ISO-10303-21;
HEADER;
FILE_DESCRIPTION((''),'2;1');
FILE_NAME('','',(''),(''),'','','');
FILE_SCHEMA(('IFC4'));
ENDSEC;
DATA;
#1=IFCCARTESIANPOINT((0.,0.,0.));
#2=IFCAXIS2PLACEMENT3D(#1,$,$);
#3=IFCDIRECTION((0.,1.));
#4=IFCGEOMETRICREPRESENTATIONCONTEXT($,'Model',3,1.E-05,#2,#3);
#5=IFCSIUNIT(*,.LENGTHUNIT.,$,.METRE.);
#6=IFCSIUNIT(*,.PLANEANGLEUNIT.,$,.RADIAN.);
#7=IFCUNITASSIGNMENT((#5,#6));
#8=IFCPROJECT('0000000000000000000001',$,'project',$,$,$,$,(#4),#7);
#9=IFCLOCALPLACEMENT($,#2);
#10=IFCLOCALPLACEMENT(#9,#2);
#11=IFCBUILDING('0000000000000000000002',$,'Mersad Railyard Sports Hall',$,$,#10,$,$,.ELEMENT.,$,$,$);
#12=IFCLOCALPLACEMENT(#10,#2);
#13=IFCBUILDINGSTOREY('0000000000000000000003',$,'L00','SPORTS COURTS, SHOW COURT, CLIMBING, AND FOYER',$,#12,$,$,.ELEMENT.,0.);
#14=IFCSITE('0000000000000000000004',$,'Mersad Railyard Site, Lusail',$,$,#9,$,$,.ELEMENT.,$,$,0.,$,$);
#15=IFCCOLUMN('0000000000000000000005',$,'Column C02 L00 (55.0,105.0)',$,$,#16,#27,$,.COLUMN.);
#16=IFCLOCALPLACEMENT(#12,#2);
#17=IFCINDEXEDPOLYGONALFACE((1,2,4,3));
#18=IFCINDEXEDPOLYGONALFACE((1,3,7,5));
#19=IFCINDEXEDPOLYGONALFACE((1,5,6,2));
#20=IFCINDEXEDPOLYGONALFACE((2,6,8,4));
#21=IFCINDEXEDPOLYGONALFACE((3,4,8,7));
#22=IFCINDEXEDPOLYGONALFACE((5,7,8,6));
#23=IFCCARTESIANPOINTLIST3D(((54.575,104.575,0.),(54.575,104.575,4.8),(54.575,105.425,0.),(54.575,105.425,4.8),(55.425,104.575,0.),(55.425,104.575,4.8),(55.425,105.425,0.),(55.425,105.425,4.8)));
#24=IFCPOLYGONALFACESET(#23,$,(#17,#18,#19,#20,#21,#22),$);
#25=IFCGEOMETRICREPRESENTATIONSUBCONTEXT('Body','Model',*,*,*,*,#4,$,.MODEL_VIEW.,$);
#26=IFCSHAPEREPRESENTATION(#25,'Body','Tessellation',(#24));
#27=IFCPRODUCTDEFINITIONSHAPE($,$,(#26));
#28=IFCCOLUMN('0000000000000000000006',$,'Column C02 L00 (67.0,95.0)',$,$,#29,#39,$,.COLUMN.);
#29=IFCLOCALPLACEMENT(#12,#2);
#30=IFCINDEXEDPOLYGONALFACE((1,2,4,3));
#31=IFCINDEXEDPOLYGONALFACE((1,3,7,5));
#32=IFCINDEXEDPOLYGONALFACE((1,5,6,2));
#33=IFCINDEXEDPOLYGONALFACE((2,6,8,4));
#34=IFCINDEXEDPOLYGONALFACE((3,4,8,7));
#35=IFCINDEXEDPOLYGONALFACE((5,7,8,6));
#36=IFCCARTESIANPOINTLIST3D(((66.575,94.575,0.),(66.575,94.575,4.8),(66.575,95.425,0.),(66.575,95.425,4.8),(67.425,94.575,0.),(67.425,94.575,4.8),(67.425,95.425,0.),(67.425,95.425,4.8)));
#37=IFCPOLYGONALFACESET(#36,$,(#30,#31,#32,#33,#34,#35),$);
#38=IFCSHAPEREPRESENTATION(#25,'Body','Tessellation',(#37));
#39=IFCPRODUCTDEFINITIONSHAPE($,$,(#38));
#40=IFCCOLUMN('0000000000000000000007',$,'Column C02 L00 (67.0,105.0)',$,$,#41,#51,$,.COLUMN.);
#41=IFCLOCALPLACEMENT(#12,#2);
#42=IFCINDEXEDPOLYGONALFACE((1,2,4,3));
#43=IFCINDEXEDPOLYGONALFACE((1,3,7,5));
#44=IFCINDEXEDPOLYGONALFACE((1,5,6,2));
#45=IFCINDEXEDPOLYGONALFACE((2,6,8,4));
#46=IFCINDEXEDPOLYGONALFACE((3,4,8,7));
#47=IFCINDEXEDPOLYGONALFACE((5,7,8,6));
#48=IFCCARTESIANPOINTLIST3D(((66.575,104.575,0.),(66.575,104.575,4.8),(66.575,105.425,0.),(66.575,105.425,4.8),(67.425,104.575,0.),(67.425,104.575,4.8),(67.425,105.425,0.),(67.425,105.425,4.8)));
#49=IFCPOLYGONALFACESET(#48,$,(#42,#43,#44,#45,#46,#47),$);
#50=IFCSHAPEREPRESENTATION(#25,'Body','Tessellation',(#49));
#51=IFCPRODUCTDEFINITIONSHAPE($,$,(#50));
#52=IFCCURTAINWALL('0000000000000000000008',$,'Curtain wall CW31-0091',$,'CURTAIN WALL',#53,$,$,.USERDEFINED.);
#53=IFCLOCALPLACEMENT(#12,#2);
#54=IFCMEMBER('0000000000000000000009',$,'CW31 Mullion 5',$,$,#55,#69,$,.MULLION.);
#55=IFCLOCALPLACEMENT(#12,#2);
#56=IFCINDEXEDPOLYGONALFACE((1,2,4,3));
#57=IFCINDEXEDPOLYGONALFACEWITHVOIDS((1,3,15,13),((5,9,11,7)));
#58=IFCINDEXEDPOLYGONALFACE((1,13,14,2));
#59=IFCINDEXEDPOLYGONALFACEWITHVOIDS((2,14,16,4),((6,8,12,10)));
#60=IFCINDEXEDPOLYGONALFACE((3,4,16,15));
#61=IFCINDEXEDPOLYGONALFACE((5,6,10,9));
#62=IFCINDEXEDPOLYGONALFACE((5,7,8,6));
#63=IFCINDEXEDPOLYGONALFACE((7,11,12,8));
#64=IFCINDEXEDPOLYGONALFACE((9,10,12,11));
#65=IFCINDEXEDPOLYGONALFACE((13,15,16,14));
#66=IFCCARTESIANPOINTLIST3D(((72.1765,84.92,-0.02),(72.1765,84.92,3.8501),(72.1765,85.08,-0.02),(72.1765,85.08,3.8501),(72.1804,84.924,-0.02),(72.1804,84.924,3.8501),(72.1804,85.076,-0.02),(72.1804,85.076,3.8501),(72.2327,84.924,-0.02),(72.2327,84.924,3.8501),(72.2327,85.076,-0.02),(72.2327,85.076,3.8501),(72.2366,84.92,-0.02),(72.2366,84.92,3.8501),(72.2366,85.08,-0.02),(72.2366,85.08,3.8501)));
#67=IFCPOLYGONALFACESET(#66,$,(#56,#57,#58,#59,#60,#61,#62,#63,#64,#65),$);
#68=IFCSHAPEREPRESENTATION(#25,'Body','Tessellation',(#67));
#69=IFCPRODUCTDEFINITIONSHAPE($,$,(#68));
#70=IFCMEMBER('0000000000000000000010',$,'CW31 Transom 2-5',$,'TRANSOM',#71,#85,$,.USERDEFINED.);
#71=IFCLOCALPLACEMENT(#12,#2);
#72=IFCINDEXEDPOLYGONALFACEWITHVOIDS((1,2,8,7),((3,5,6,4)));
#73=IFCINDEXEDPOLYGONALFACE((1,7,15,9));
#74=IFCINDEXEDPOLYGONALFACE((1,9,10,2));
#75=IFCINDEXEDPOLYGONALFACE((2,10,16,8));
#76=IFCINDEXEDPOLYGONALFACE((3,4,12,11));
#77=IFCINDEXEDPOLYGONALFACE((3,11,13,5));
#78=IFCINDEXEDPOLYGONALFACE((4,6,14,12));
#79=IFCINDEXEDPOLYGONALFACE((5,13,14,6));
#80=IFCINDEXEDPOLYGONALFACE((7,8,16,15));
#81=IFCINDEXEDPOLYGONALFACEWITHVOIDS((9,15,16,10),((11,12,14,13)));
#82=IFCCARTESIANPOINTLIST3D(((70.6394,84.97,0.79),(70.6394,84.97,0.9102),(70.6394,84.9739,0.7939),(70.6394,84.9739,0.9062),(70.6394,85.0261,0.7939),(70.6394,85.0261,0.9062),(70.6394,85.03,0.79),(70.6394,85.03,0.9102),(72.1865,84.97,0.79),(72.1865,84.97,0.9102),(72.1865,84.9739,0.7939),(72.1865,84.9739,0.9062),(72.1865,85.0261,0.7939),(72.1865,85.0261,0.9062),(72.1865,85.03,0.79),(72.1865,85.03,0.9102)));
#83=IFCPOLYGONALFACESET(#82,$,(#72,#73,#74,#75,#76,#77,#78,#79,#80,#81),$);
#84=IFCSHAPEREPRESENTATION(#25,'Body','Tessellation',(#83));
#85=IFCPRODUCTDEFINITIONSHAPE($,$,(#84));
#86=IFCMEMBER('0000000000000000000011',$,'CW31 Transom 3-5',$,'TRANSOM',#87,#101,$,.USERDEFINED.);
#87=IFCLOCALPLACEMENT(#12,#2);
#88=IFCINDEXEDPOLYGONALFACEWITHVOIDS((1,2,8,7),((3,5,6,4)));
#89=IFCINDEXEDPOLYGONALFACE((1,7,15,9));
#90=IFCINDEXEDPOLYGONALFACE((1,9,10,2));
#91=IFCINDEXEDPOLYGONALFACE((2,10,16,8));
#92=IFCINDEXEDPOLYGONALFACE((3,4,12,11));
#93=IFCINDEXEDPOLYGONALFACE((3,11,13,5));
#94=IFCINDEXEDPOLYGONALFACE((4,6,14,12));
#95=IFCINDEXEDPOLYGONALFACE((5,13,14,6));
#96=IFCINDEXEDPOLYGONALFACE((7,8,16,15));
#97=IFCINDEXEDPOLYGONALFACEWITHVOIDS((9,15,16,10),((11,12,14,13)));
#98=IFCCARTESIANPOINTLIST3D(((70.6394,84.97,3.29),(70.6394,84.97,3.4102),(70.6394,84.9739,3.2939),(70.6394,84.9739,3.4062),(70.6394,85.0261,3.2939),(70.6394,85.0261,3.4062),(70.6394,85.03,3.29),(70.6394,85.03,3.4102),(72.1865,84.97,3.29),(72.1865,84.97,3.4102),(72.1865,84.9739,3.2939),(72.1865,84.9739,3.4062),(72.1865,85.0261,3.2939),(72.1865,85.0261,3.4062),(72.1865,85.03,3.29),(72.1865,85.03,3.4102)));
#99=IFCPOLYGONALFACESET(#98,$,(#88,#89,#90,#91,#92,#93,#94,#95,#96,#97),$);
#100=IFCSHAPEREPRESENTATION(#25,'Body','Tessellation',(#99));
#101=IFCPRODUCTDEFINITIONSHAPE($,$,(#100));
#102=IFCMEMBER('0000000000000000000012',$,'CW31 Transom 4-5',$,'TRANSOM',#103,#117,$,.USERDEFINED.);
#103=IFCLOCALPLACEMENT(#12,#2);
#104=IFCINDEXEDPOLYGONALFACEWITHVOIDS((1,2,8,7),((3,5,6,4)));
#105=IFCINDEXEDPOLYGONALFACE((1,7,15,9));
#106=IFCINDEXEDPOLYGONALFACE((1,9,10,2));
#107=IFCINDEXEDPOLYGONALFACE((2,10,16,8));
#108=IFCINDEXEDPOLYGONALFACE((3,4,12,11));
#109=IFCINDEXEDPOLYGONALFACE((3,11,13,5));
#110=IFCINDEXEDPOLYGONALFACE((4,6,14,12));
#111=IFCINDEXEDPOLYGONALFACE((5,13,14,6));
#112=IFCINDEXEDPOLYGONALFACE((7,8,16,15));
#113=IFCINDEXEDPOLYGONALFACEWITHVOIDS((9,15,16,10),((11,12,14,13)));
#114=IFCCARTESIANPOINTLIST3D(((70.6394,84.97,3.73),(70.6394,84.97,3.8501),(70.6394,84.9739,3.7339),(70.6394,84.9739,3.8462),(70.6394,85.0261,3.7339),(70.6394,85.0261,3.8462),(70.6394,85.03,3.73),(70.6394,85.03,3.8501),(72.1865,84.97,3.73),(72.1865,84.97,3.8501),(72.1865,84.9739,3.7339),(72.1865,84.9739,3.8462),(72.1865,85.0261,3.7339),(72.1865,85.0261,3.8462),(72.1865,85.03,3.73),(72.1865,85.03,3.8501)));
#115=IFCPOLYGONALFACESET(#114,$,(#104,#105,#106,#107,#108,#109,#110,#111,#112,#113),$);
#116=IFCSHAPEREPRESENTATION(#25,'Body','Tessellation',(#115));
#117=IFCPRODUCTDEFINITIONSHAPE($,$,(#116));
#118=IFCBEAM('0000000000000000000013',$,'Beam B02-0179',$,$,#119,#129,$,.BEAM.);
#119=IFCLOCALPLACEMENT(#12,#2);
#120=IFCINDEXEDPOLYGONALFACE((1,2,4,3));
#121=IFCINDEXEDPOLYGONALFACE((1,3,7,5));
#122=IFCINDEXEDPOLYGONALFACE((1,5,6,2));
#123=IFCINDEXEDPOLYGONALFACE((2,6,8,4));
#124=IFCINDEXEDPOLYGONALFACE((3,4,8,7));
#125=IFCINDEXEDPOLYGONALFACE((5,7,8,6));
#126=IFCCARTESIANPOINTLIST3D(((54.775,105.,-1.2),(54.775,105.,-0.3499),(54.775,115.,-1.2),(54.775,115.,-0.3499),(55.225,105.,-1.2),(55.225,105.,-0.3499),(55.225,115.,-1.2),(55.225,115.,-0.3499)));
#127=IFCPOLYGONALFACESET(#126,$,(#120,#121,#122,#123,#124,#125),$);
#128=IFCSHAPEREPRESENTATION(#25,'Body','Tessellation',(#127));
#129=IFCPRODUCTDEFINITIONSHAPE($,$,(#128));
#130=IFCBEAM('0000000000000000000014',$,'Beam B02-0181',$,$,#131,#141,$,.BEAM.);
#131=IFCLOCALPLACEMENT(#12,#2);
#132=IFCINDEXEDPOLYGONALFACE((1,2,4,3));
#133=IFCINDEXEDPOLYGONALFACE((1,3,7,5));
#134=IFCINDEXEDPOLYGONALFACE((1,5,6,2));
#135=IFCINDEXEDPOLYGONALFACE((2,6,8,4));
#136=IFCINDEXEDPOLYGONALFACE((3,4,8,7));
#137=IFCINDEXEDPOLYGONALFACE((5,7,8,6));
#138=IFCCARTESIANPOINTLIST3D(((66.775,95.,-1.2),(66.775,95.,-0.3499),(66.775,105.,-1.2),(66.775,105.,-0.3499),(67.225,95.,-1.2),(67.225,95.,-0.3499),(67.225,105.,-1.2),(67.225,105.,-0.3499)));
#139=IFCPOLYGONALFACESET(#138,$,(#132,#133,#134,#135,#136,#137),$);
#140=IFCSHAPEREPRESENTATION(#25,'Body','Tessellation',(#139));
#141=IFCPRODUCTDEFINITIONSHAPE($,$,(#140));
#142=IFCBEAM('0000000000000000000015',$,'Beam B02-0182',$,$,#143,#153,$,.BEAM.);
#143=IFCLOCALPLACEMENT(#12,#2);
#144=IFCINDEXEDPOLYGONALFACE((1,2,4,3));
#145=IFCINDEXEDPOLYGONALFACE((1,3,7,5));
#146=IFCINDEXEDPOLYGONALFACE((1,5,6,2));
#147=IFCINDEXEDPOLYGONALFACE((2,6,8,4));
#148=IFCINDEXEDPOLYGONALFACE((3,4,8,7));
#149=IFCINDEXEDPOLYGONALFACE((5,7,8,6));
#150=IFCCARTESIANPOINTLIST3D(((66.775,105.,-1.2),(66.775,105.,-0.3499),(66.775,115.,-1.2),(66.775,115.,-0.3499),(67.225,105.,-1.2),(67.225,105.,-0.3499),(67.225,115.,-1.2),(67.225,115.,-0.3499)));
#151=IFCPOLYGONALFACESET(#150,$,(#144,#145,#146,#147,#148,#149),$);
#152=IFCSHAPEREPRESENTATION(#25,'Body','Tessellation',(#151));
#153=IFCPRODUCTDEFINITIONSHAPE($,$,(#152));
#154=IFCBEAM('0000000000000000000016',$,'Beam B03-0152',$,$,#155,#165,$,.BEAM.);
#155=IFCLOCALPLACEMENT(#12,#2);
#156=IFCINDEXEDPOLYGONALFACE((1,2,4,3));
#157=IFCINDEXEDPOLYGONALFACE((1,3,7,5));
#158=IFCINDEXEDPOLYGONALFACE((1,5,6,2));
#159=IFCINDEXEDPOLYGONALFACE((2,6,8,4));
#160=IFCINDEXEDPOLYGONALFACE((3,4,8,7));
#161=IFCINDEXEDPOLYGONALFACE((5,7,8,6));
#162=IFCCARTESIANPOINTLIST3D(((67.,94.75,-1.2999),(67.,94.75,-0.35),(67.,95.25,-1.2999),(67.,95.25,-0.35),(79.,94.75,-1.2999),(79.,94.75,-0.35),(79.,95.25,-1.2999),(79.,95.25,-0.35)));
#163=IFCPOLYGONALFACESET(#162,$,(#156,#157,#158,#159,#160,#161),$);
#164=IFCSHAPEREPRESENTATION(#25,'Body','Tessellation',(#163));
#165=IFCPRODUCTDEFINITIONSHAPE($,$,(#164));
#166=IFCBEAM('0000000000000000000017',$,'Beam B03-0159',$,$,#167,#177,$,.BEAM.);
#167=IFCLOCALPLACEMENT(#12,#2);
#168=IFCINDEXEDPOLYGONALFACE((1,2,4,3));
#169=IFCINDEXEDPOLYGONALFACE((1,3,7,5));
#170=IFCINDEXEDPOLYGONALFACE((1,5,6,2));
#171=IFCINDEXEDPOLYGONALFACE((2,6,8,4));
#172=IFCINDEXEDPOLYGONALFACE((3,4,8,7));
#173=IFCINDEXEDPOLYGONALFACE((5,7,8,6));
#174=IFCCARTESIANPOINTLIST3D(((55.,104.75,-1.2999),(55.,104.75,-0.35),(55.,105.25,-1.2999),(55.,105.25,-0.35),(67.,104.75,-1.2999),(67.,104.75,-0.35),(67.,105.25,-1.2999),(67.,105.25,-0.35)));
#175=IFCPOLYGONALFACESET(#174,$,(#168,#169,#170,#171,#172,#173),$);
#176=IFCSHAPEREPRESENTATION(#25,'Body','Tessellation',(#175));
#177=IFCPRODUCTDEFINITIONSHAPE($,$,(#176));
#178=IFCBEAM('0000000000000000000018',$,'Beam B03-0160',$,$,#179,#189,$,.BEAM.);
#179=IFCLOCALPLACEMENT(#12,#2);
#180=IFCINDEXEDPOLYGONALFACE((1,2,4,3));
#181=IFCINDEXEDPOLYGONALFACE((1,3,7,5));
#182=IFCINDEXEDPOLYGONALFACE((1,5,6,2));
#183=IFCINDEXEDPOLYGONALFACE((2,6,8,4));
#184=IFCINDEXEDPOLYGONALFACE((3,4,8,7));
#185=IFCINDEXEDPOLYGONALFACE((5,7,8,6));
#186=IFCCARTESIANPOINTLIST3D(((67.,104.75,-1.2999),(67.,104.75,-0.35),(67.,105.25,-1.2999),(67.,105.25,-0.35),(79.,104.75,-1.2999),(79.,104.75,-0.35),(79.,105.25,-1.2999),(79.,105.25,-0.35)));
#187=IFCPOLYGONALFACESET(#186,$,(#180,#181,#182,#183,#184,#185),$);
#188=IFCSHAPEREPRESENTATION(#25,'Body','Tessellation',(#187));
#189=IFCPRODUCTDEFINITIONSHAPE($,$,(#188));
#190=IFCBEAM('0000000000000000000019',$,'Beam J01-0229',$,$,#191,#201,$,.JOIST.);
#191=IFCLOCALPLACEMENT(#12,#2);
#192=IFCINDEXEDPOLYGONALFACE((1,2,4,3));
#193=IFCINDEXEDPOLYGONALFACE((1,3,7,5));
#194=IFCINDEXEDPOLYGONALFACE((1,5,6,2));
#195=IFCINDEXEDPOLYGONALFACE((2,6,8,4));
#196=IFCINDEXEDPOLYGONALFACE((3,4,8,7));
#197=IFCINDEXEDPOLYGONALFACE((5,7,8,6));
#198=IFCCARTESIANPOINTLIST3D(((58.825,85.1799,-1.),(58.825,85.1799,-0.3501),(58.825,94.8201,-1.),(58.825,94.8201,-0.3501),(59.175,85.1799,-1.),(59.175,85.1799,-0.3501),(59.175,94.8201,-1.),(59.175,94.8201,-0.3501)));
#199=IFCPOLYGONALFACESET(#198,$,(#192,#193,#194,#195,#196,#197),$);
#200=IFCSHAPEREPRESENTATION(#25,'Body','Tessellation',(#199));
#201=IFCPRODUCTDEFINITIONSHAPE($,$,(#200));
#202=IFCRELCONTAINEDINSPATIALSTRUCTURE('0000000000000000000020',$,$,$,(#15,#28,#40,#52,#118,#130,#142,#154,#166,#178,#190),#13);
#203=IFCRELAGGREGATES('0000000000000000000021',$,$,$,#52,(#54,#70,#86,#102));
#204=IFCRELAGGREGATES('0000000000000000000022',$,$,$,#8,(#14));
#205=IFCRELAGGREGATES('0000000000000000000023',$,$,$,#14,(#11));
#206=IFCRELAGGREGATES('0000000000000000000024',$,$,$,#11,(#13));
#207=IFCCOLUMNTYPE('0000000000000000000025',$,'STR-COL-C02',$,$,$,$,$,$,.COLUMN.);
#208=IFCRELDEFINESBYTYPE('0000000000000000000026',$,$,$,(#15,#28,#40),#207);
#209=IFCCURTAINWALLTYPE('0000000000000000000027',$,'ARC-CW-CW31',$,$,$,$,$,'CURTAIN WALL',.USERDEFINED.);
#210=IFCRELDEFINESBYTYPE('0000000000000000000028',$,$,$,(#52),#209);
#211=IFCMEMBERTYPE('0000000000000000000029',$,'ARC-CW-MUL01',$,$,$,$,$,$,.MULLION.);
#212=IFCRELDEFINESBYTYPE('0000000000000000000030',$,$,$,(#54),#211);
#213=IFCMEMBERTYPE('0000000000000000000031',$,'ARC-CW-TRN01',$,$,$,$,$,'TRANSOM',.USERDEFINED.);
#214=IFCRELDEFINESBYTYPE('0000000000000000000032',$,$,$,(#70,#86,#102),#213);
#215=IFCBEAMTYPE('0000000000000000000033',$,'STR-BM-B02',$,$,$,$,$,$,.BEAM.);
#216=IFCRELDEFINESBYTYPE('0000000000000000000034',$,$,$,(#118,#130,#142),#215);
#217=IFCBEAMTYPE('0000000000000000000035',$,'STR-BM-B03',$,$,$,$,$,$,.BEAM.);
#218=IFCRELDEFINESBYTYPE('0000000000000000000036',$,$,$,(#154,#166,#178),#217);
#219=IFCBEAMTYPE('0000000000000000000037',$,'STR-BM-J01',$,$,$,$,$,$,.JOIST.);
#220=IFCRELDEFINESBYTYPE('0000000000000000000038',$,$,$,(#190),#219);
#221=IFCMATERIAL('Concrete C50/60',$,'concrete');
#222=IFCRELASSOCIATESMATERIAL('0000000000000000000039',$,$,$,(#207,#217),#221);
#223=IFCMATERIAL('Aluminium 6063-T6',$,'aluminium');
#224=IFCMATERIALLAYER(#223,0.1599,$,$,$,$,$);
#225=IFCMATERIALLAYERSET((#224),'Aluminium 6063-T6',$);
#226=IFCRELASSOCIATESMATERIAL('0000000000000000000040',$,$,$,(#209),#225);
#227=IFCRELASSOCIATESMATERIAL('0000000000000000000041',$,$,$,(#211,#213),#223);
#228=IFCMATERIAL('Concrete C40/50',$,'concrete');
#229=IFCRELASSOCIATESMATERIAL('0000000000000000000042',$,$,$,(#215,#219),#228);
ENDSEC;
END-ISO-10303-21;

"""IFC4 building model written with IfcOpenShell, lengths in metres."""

from ifc_helpers import new_model, si_unit, direction, frame, origin, origin_2d, place, context, subcontext, project, spatial, rectangle, hollow_rectangle, extrude, material, layer, layer_set, material_profile, profile_set, type_object, element, aggregate, save


model = new_model("IFC4")

# Units and contexts
model_context = context("Model", 3, precision=1e-05, world=origin(), true_north=direction((0.0, 1.0)))
body_context = subcontext(model_context, "Body", "Model", "MODEL_VIEW")
ifc_project = project(units=[si_unit("LENGTHUNIT", "METRE"), si_unit("PLANEANGLEUNIT", "RADIAN")], contexts=[model_context])

# Site, building, storey
site_placement = place(None, origin())
site = spatial("IfcSite", under=ifc_project, at=site_placement, Name="Mersad Railyard Site, Lusail", CompositionType="ELEMENT", RefElevation=0.0)
building_placement = place(site_placement, origin())
building = spatial("IfcBuilding", under=site, at=building_placement, Name="Mersad Railyard Sports Hall", CompositionType="ELEMENT")
storey_placement = place(building_placement, origin())
storey = spatial("IfcBuildingStorey", under=building, at=storey_placement, Name="L00", Description="SPORTS COURTS, SHOW COURT, CLIMBING, AND FOYER", CompositionType="ELEMENT", Elevation=0.0)

# Columns
ifc_material_1 = material(Name="Concrete C50/60", Category="concrete")
ifc_material_profile_1 = material_profile(ifc_material_1, rectangle(XDim=0.8501, YDim=0.8501, at=origin_2d()), Name="RC 850x850")
ifc_profile_set_1 = profile_set([ifc_material_profile_1], Name="Concrete C50/60")
column_type = type_object("IfcColumnType", Name="STR-COL-C02", PredefinedType="COLUMN", material=ifc_profile_set_1)
for number, where, z_axis, x_axis, name in (
    (1, (55.0, 105.0, 0.0), (0.0, 0.0, 1.0), (1.0, 0.0, 0.0), "Column C02 L00 (55.0,105.0)"),
    (2, (67.0, 95.0, 0.0), (0.0, 0.0, 1.0), (1.0, 0.0, 0.0), "Column C02 L00 (67.0,95.0)"),
    (3, (67.0, 105.0, 0.0), (0.0, 0.0, 1.0), (1.0, 0.0, 0.0), "Column C02 L00 (67.0,105.0)"),
):
    element("IfcColumn", number, at=place(storey_placement, frame(where, z_axis=z_axis, x_axis=x_axis)), inside=storey, type_object=column_type, Name=name, PredefinedType="COLUMN", context=body_context, shape_type="SweptSolid", body=[
        extrude(rectangle(XDim=0.8501, YDim=0.8501, at=origin_2d()), origin(), (0.0, 0.0, 1.0), 4.8),
    ])

# Curtain wall, members
ifc_material_2 = material(Name="Aluminium 6063-T6", Category="aluminium")
ifc_layer_1 = layer(ifc_material_2, 0.1599)
ifc_layer_set_1 = layer_set([ifc_layer_1], Name="Aluminium 6063-T6")
curtain_wall_type = type_object("IfcCurtainWallType", Name="ARC-CW-CW31", ElementType="CURTAIN WALL", PredefinedType="USERDEFINED", material=ifc_layer_set_1)
curtain_wall_placement = place(storey_placement, origin())
curtain_wall = element("IfcCurtainWall", 4, at=curtain_wall_placement, inside=storey, type_object=curtain_wall_type, Name="Curtain wall CW31-0091", ObjectType="CURTAIN WALL", PredefinedType="USERDEFINED")
ifc_material_profile_2 = material_profile(ifc_material_2, hollow_rectangle(XDim=0.0601, YDim=0.1599, WallThickness=0.0039, at=origin_2d()), Name="AL MULLION 60x160x4")
ifc_profile_set_2 = profile_set([ifc_material_profile_2], Name="Aluminium 6063-T6")
member_type_1 = type_object("IfcMemberType", Name="ARC-CW-MUL01", PredefinedType="MULLION", material=ifc_profile_set_2)
member_1_placement = place(storey_placement, frame((72.2065, 85.0, -0.02), z_axis=(0.0, 0.0, 1.0), x_axis=(1.0, 0.0, 0.0)))
member_1 = element("IfcMember", 5, at=member_1_placement, type_object=member_type_1, Name="CW31 Mullion 5", PredefinedType="MULLION", context=body_context, shape_type="SweptSolid", body=[
    extrude(hollow_rectangle(XDim=0.0601, YDim=0.1599, WallThickness=0.0039, at=origin_2d()), origin(), (0.0, 0.0, 1.0), 3.8701),
])
ifc_material_profile_3 = material_profile(ifc_material_2, hollow_rectangle(XDim=0.0601, YDim=0.1201, WallThickness=0.0039, at=origin_2d()), Name="AL TRANSOM 60x120x4")
ifc_profile_set_3 = profile_set([ifc_material_profile_3], Name="Aluminium 6063-T6")
member_type_2 = type_object("IfcMemberType", Name="ARC-CW-TRN01", ElementType="TRANSOM", PredefinedType="USERDEFINED", material=ifc_profile_set_3)
member_2_placement = place(storey_placement, frame((72.1865, 85.0, 0.8501), z_axis=(-1.0, 0.0, 0.0), x_axis=(0.0, -1.0, 0.0)))
member_2 = element("IfcMember", 6, at=member_2_placement, type_object=member_type_2, Name="CW31 Transom 2-5", ObjectType="TRANSOM", PredefinedType="USERDEFINED", context=body_context, shape_type="SweptSolid", body=[
    extrude(hollow_rectangle(XDim=0.0601, YDim=0.1201, WallThickness=0.0039, at=origin_2d()), origin(), (0.0, 0.0, 1.0), 1.5471),
])
member_3_placement = place(storey_placement, frame((72.1865, 85.0, 3.3501), z_axis=(-1.0, 0.0, 0.0), x_axis=(0.0, -1.0, 0.0)))
member_3 = element("IfcMember", 7, at=member_3_placement, type_object=member_type_2, Name="CW31 Transom 3-5", ObjectType="TRANSOM", PredefinedType="USERDEFINED", context=body_context, shape_type="SweptSolid", body=[
    extrude(hollow_rectangle(XDim=0.0601, YDim=0.1201, WallThickness=0.0039, at=origin_2d()), origin(), (0.0, 0.0, 1.0), 1.5471),
])
member_4_placement = place(storey_placement, frame((72.1865, 85.0, 3.79), z_axis=(-1.0, 0.0, 0.0), x_axis=(0.0, -1.0, 0.0)))
member_4 = element("IfcMember", 8, at=member_4_placement, type_object=member_type_2, Name="CW31 Transom 4-5", ObjectType="TRANSOM", PredefinedType="USERDEFINED", context=body_context, shape_type="SweptSolid", body=[
    extrude(hollow_rectangle(XDim=0.0601, YDim=0.1201, WallThickness=0.0039, at=origin_2d()), origin(), (0.0, 0.0, 1.0), 1.5471),
])

# Beams
ifc_material_3 = material(Name="Concrete C40/50", Category="concrete")
ifc_material_profile_4 = material_profile(ifc_material_3, rectangle(XDim=0.45, YDim=0.8501, at=origin_2d()), Name="RC 450x850")
ifc_profile_set_4 = profile_set([ifc_material_profile_4], Name="Concrete C40/50")
beam_type_1 = type_object("IfcBeamType", Name="STR-BM-B02", PredefinedType="BEAM", material=ifc_profile_set_4)
for number, where, z_axis, x_axis, name in (
    (9, (55.0, 105.0, -0.7749), (0.0, 1.0, 0.0), (-1.0, 0.0, 0.0), "Beam B02-0179"),
    (10, (67.0, 95.0, -0.7749), (0.0, 1.0, 0.0), (-1.0, 0.0, 0.0), "Beam B02-0181"),
    (11, (67.0, 105.0, -0.7749), (0.0, 1.0, 0.0), (-1.0, 0.0, 0.0), "Beam B02-0182"),
):
    element("IfcBeam", number, at=place(storey_placement, frame(where, z_axis=z_axis, x_axis=x_axis)), inside=storey, type_object=beam_type_1, Name=name, PredefinedType="BEAM", context=body_context, shape_type="SweptSolid", body=[
        extrude(rectangle(XDim=0.45, YDim=0.8501, at=origin_2d()), origin(), (0.0, 0.0, 1.0), 10.0),
    ])
ifc_material_profile_5 = material_profile(ifc_material_1, rectangle(XDim=0.5, YDim=0.95, at=origin_2d()), Name="RC 500x950")
ifc_profile_set_5 = profile_set([ifc_material_profile_5], Name="Concrete C50/60")
beam_type_2 = type_object("IfcBeamType", Name="STR-BM-B03", PredefinedType="BEAM", material=ifc_profile_set_5)
for number, where, z_axis, x_axis, name in (
    (12, (67.0, 95.0, -0.825), (1.0, 0.0, 0.0), (0.0, 1.0, 0.0), "Beam B03-0152"),
    (13, (55.0, 105.0, -0.825), (1.0, 0.0, 0.0), (0.0, 1.0, 0.0), "Beam B03-0159"),
    (14, (67.0, 105.0, -0.825), (1.0, 0.0, 0.0), (0.0, 1.0, 0.0), "Beam B03-0160"),
):
    element("IfcBeam", number, at=place(storey_placement, frame(where, z_axis=z_axis, x_axis=x_axis)), inside=storey, type_object=beam_type_2, Name=name, PredefinedType="BEAM", context=body_context, shape_type="SweptSolid", body=[
        extrude(rectangle(XDim=0.5, YDim=0.95, at=origin_2d()), origin(), (0.0, 0.0, 1.0), 12.0),
    ])
ifc_material_profile_6 = material_profile(ifc_material_3, rectangle(XDim=0.3501, YDim=0.6499, at=origin_2d()), Name="RC 350x650")
ifc_profile_set_6 = profile_set([ifc_material_profile_6], Name="Concrete C40/50")
beam_type_3 = type_object("IfcBeamType", Name="STR-BM-J01", PredefinedType="JOIST", material=ifc_profile_set_6)
for number, where, z_axis, x_axis, name in (
    (15, (59.0, 85.1799, -0.675), (0.0, 1.0, 0.0), (-1.0, 0.0, 0.0), "Beam J01-0229"),
):
    element("IfcBeam", number, at=place(storey_placement, frame(where, z_axis=z_axis, x_axis=x_axis)), inside=storey, type_object=beam_type_3, Name=name, PredefinedType="JOIST", context=body_context, shape_type="SweptSolid", body=[
        extrude(rectangle(XDim=0.3501, YDim=0.6499, at=origin_2d()), origin(), (0.0, 0.0, 1.0), 9.6401),
    ])

aggregate(curtain_wall, [member_1, member_2, member_3, member_4])

save(model, "model.ifc")
